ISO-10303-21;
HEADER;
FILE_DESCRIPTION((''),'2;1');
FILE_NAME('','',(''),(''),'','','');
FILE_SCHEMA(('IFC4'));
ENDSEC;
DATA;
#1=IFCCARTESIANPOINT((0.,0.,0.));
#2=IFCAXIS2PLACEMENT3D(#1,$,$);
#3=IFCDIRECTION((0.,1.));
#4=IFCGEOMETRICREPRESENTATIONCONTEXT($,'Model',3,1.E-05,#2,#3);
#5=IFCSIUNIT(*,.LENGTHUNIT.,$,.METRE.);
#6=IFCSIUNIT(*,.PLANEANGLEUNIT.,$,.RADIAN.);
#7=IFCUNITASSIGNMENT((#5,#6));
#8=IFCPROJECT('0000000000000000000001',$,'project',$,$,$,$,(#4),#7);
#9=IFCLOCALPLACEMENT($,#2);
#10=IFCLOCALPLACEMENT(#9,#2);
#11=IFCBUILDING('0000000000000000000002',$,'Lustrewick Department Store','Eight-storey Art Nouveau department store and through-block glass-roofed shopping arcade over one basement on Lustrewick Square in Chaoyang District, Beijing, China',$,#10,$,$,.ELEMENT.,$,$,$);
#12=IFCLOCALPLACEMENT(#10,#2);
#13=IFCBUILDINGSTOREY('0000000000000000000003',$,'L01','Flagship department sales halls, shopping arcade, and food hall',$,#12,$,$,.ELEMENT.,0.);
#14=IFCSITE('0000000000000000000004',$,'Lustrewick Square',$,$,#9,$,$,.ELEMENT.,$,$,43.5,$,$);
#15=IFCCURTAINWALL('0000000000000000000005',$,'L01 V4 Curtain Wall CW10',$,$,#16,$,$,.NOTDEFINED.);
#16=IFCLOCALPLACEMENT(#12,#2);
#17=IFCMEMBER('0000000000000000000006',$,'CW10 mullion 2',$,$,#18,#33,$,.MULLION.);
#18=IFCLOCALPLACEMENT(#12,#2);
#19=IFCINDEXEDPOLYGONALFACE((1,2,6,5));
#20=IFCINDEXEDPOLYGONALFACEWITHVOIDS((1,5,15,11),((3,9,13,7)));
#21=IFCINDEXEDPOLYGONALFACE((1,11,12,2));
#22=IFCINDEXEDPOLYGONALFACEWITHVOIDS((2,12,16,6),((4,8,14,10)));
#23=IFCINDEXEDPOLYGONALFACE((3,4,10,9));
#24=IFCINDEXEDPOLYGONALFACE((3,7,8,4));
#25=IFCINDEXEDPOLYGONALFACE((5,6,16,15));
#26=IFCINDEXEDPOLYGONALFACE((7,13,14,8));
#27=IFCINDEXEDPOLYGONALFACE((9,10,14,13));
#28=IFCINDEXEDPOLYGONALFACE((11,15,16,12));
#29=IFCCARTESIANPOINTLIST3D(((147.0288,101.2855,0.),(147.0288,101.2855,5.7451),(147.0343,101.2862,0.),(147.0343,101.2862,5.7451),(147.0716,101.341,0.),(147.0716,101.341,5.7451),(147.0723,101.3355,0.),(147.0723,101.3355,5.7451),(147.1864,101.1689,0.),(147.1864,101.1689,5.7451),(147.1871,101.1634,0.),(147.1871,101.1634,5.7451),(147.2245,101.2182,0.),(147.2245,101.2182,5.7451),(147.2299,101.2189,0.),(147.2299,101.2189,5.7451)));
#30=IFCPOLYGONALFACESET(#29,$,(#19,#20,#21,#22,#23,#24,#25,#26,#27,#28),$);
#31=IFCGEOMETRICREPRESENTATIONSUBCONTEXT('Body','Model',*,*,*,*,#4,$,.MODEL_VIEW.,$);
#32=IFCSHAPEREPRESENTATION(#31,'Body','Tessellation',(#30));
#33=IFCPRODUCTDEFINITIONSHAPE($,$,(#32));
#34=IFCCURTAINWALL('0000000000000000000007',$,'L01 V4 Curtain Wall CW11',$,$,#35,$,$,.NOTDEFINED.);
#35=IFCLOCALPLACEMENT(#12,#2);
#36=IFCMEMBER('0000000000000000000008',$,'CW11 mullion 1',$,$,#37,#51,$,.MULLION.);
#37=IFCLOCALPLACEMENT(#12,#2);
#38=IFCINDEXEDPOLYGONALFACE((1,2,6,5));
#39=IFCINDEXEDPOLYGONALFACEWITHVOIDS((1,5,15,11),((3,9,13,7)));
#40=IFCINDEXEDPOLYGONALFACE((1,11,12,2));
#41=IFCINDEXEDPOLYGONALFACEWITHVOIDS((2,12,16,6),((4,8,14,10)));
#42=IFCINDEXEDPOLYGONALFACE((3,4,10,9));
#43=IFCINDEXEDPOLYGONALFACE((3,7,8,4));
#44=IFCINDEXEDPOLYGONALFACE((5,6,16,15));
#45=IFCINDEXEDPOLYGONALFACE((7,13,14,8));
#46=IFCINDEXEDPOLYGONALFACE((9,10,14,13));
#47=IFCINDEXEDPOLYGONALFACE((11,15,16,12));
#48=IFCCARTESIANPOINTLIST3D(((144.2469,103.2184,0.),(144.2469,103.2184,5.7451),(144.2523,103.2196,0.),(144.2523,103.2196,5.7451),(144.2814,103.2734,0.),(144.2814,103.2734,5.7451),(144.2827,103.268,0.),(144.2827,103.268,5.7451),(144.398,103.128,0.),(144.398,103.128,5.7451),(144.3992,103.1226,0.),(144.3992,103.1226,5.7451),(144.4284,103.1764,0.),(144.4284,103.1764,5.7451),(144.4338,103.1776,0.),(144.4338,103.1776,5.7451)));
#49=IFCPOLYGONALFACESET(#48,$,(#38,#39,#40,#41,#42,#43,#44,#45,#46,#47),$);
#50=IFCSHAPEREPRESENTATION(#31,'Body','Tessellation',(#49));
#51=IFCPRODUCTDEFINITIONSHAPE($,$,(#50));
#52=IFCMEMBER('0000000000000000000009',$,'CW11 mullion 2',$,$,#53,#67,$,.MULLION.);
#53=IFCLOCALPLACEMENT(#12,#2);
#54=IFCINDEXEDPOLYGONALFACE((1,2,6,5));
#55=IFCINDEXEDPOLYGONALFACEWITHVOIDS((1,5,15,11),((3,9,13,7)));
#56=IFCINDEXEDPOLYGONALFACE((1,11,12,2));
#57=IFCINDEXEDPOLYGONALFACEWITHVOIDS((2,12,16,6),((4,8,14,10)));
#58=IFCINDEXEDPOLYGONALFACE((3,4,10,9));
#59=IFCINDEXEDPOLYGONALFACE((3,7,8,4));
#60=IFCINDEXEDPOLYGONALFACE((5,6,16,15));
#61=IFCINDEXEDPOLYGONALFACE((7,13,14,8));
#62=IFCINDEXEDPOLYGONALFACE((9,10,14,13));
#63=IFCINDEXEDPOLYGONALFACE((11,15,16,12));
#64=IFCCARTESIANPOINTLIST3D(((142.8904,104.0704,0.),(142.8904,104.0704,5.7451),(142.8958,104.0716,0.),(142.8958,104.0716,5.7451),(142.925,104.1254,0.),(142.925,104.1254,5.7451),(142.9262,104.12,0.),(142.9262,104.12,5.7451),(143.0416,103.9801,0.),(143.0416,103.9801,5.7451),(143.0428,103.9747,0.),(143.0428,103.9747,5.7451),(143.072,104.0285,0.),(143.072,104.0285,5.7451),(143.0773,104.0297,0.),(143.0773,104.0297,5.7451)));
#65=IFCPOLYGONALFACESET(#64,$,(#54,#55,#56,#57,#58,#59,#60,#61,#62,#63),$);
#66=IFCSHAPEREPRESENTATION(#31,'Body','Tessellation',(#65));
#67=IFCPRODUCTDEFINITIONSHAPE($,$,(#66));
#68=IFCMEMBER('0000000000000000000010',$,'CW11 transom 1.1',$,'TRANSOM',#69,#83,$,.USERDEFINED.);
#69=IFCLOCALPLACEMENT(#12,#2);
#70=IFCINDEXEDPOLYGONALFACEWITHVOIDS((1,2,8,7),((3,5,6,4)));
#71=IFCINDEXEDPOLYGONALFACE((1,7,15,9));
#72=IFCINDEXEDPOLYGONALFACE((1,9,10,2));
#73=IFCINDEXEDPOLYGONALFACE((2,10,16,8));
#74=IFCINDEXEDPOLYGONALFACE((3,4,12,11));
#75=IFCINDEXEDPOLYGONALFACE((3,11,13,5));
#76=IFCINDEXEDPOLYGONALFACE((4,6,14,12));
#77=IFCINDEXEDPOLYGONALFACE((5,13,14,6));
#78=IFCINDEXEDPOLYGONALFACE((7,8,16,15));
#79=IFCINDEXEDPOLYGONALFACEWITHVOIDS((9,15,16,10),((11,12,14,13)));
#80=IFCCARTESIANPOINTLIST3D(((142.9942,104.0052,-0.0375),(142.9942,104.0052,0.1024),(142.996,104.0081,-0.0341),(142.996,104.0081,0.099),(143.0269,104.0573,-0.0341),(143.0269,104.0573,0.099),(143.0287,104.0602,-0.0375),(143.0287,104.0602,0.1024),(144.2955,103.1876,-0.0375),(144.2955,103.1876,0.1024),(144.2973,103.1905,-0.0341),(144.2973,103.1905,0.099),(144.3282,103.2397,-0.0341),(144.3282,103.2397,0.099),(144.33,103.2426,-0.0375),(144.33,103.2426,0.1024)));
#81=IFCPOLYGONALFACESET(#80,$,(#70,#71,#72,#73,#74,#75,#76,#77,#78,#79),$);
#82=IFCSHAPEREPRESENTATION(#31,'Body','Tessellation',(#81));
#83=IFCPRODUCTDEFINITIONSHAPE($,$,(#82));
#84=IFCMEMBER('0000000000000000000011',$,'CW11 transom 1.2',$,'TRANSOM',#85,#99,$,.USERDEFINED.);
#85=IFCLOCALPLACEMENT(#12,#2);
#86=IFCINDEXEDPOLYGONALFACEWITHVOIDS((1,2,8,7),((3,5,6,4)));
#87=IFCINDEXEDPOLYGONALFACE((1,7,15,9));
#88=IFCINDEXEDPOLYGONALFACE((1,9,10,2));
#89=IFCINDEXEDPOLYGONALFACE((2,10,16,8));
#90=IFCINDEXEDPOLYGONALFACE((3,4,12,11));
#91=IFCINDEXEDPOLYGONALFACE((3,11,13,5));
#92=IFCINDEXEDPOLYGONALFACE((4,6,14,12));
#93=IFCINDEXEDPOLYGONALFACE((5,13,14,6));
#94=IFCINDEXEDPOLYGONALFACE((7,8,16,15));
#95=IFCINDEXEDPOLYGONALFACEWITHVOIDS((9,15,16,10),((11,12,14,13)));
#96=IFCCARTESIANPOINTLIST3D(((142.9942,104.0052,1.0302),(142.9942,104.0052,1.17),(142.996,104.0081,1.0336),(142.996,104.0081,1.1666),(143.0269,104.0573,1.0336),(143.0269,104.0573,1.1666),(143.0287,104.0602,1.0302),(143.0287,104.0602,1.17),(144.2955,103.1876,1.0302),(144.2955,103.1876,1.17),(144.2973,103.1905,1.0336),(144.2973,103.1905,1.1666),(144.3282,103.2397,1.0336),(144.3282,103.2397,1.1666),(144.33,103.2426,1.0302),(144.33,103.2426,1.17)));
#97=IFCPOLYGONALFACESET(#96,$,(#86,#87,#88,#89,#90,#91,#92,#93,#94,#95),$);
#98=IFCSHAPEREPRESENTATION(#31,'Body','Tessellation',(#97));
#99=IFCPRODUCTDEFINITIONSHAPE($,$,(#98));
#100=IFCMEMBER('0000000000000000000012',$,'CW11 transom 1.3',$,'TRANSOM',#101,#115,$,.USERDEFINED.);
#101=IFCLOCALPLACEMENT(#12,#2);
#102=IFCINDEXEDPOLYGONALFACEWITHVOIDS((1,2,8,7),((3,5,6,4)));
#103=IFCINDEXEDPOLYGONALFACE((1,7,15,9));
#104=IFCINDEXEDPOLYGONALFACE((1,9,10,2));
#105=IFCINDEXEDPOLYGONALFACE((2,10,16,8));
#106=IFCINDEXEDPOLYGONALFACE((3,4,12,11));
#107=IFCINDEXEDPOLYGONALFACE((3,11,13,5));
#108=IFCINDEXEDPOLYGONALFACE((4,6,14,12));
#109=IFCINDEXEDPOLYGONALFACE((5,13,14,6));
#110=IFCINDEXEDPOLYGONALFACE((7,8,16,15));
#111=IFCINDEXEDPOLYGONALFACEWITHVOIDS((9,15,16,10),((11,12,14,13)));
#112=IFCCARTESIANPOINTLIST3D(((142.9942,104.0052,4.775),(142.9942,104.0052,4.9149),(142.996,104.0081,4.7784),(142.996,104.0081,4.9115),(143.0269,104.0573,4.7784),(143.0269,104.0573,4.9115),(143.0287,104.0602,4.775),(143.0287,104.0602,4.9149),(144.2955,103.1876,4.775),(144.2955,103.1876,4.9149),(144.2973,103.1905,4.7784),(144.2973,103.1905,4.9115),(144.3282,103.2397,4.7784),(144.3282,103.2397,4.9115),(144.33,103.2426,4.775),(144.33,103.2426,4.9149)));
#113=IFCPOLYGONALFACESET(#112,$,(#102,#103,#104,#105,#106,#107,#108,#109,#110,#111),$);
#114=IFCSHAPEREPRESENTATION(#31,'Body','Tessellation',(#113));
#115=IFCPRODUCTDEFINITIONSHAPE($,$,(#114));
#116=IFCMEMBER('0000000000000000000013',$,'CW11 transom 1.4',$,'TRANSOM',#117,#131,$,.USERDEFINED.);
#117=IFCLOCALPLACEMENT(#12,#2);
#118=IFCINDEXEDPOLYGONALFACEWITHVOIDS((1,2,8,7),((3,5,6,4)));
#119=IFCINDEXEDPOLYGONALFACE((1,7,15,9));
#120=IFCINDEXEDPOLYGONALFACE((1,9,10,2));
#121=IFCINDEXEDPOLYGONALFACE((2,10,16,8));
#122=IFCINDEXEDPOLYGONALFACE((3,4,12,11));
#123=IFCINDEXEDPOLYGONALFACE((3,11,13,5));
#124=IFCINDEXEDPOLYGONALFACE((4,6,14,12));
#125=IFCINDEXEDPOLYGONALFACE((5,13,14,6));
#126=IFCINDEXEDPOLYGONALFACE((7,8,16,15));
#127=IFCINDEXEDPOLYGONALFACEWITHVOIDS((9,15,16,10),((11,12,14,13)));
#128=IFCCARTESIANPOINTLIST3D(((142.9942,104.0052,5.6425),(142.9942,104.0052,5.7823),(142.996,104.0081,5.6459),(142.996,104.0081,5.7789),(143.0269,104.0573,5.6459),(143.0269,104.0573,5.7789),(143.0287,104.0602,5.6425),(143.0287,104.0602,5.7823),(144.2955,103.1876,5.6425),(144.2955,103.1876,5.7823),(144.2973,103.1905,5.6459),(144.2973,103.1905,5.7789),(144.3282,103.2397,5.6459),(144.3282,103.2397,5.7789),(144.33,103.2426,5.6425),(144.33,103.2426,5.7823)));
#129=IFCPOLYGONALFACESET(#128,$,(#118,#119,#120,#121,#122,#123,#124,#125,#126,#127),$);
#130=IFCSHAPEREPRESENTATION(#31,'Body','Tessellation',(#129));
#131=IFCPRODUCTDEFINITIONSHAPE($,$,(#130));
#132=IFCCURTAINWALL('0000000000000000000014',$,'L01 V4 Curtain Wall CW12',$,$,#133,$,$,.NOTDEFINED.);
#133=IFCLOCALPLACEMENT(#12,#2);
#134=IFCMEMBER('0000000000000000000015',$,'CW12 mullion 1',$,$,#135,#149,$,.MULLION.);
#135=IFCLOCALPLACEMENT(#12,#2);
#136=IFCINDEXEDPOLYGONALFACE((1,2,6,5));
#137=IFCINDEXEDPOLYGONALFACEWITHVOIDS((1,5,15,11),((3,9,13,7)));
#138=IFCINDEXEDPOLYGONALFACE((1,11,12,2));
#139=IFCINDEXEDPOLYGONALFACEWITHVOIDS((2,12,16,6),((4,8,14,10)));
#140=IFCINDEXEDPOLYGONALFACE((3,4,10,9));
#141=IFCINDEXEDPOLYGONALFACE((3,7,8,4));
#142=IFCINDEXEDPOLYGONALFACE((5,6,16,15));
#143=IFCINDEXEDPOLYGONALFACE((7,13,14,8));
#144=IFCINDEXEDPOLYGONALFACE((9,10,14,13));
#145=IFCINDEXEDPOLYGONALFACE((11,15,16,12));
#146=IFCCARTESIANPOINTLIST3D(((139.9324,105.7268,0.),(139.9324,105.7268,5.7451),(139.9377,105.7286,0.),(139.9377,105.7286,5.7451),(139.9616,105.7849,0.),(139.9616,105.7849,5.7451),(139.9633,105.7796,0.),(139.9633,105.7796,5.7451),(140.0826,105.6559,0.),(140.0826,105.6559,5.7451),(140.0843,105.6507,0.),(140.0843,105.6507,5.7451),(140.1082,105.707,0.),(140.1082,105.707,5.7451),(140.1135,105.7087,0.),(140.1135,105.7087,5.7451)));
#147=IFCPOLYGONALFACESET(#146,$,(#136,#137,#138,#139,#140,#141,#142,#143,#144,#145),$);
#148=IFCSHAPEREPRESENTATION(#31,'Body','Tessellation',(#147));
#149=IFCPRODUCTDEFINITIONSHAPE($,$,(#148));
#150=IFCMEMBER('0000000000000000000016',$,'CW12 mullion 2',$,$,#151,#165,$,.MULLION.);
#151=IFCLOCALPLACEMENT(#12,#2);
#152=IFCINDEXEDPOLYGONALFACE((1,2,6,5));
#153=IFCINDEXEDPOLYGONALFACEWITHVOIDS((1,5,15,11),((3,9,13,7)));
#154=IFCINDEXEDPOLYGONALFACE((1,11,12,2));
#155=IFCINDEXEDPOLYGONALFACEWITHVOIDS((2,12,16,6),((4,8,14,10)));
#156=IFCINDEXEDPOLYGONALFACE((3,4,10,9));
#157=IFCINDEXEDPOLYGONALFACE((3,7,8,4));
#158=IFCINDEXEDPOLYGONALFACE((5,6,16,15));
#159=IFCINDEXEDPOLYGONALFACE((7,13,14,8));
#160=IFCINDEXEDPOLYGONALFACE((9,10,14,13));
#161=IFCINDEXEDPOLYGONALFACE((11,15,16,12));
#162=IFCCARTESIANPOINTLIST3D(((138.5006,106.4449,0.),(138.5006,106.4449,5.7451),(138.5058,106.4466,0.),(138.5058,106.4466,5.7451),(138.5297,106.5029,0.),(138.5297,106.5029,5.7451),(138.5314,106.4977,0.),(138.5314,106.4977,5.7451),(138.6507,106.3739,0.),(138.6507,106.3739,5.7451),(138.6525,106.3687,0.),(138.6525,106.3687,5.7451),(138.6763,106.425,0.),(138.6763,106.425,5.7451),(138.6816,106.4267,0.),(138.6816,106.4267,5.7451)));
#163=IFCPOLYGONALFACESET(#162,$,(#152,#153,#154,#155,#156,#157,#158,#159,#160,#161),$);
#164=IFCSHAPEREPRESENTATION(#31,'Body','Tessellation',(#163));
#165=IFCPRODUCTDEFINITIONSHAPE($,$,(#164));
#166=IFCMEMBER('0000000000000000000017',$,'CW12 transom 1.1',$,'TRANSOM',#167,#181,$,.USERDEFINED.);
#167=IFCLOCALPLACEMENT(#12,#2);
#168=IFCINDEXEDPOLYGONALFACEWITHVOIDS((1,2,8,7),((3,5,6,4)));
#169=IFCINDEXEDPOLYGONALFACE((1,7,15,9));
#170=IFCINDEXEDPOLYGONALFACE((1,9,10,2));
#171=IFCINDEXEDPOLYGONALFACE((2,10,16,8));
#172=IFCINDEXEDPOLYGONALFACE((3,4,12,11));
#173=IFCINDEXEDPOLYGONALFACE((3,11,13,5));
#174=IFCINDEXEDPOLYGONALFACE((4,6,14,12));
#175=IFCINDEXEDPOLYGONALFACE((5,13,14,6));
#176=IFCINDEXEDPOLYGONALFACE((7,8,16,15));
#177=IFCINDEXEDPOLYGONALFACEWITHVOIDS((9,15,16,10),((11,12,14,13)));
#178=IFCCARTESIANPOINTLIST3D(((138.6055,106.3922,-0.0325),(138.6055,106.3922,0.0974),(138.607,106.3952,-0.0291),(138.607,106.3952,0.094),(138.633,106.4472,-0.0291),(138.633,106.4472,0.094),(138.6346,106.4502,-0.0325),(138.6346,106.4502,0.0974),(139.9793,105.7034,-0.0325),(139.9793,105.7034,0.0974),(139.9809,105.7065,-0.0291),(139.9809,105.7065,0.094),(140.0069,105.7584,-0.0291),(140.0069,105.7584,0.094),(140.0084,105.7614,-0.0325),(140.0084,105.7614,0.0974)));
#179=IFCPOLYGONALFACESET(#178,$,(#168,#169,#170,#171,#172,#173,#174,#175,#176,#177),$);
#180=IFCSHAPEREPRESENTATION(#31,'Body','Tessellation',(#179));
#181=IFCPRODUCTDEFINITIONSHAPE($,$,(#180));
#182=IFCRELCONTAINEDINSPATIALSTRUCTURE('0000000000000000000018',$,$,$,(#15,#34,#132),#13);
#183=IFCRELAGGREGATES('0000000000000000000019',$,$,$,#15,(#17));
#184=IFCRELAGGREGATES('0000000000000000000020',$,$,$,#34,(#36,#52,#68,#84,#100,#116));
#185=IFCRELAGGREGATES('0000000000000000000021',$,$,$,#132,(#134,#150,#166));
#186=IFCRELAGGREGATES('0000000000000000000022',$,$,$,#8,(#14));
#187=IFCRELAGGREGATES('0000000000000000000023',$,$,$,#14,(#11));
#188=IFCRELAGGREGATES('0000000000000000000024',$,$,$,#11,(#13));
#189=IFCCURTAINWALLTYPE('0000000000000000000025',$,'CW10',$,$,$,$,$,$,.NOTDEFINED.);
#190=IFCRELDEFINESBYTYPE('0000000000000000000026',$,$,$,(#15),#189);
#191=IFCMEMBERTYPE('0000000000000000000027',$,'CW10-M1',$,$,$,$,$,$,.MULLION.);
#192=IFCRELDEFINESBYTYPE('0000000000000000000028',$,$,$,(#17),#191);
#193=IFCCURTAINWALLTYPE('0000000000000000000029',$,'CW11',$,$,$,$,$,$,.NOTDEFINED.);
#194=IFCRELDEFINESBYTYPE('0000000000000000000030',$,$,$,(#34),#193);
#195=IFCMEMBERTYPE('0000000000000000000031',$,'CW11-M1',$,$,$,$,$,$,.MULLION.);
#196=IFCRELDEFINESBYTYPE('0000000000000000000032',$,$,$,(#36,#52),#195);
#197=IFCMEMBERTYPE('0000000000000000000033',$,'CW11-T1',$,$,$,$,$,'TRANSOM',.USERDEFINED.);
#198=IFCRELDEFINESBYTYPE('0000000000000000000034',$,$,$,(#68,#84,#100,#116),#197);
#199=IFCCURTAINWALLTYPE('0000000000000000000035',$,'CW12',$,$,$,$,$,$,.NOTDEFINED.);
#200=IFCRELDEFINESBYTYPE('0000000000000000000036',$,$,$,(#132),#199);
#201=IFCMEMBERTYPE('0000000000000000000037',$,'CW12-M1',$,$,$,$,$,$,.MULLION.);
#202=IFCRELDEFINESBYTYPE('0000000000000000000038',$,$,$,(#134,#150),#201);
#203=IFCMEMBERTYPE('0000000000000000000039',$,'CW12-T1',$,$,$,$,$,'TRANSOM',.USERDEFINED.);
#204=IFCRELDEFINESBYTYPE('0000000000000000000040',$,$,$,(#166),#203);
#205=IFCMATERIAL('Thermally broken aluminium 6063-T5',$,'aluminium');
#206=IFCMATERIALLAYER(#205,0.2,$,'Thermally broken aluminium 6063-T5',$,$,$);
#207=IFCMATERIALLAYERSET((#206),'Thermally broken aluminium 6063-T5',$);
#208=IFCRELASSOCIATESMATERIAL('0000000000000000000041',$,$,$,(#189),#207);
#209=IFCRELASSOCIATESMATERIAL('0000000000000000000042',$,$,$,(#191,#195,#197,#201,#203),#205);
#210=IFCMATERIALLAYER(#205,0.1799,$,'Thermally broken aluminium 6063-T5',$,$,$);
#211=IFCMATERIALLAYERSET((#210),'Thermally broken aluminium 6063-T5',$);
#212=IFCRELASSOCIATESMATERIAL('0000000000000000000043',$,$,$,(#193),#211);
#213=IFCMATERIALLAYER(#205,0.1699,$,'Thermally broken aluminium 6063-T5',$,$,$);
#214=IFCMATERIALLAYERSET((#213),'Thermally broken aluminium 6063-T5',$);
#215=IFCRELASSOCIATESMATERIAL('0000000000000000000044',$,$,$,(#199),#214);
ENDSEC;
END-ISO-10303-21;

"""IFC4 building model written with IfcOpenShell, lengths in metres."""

from ifc_helpers import new_model, si_unit, direction, frame, origin, origin_2d, place, context, subcontext, project, spatial, hollow_rectangle, extrude, material, layer, layer_set, material_profile, profile_set, type_object, element, aggregate, save


model = new_model("IFC4")

# Units and contexts
model_context = context("Model", 3, precision=1e-05, world=origin(), true_north=direction((0.0, 1.0)))
body_context = subcontext(model_context, "Body", "Model", "MODEL_VIEW")
ifc_project = project(units=[si_unit("LENGTHUNIT", "METRE"), si_unit("PLANEANGLEUNIT", "RADIAN")], contexts=[model_context])

# Site, building, storey
site_placement = place(None, origin())
site = spatial("IfcSite", under=ifc_project, at=site_placement, Name="Lustrewick Square", CompositionType="ELEMENT", RefElevation=43.5)
building_placement = place(site_placement, origin())
building = spatial("IfcBuilding", under=site, at=building_placement, Name="Lustrewick Department Store", Description="Eight-storey Art Nouveau department store and through-block glass-roofed shopping arcade over one basement on Lustrewick Square in Chaoyang District, Beijing, China", CompositionType="ELEMENT")
storey_placement = place(building_placement, origin())
storey = spatial("IfcBuildingStorey", under=building, at=storey_placement, Name="L01", Description="Flagship department sales halls, shopping arcade, and food hall", CompositionType="ELEMENT", Elevation=0.0)

# Curtain wall, member
ifc_material_1 = material(Name="Thermally broken aluminium 6063-T5", Category="aluminium")
ifc_layer_1 = layer(ifc_material_1, 0.2, Name="Thermally broken aluminium 6063-T5")
ifc_layer_set_1 = layer_set([ifc_layer_1], Name="Thermally broken aluminium 6063-T5")
curtain_wall_type_1 = type_object("IfcCurtainWallType", Name="CW10", PredefinedType="NOTDEFINED", material=ifc_layer_set_1)
curtain_wall_1_placement = place(storey_placement, origin())
curtain_wall_1 = element("IfcCurtainWall", 1, at=curtain_wall_1_placement, inside=storey, type_object=curtain_wall_type_1, Name="L01 V4 Curtain Wall CW10", PredefinedType="NOTDEFINED")
ifc_material_profile_1 = material_profile(ifc_material_1, hollow_rectangle(XDim=0.0701, YDim=0.2, WallThickness=0.0039, at=origin_2d()), Name="ALU-M 70x200x4")
ifc_profile_set_1 = profile_set([ifc_material_profile_1], Name="Thermally broken aluminium 6063-T5")
member_type_1 = type_object("IfcMemberType", Name="CW10-M1", PredefinedType="MULLION", material=ifc_profile_set_1)
member_1_placement = place(storey_placement, frame((147.1294, 101.2522, 0.0), z_axis=(0.0, 0.0, 1.0), x_axis=(-0.610867, -0.791733, 0.0)))
member_1 = element("IfcMember", 2, at=member_1_placement, type_object=member_type_1, Name="CW10 mullion 2", PredefinedType="MULLION", context=body_context, shape_type="SweptSolid", body=[
    extrude(hollow_rectangle(XDim=0.0701, YDim=0.2, WallThickness=0.0039, at=origin_2d()), origin(), (0.0, 0.0, 1.0), 5.7451),
])
aggregate(curtain_wall_1, [member_1])

# Curtain walls, members
ifc_layer_2 = layer(ifc_material_1, 0.1799, Name="Thermally broken aluminium 6063-T5")
ifc_layer_set_2 = layer_set([ifc_layer_2], Name="Thermally broken aluminium 6063-T5")
curtain_wall_type_2 = type_object("IfcCurtainWallType", Name="CW11", PredefinedType="NOTDEFINED", material=ifc_layer_set_2)
curtain_wall_2_placement = place(storey_placement, origin())
curtain_wall_2 = element("IfcCurtainWall", 3, at=curtain_wall_2_placement, inside=storey, type_object=curtain_wall_type_2, Name="L01 V4 Curtain Wall CW11", PredefinedType="NOTDEFINED")
ifc_material_profile_2 = material_profile(ifc_material_1, hollow_rectangle(XDim=0.0649, YDim=0.1799, WallThickness=0.0039, at=origin_2d()), Name="ALU-M 65x180x4")
ifc_profile_set_2 = profile_set([ifc_material_profile_2], Name="Thermally broken aluminium 6063-T5")
member_type_2 = type_object("IfcMemberType", Name="CW11-M1", PredefinedType="MULLION", material=ifc_profile_set_2)
member_2_placement = place(storey_placement, frame((144.3403, 103.198, 0.0), z_axis=(0.0, 0.0, 1.0), x_axis=(-0.532014, -0.846735, 0.0)))
member_2 = element("IfcMember", 4, at=member_2_placement, type_object=member_type_2, Name="CW11 mullion 1", PredefinedType="MULLION", context=body_context, shape_type="SweptSolid", body=[
    extrude(hollow_rectangle(XDim=0.0649, YDim=0.1799, WallThickness=0.0039, at=origin_2d()), origin(), (0.0, 0.0, 1.0), 5.7451),
])
member_3_placement = place(storey_placement, frame((142.9839, 104.05, 0.0), z_axis=(0.0, 0.0, 1.0), x_axis=(-0.532014, -0.846735, 0.0)))
member_3 = element("IfcMember", 5, at=member_3_placement, type_object=member_type_2, Name="CW11 mullion 2", PredefinedType="MULLION", context=body_context, shape_type="SweptSolid", body=[
    extrude(hollow_rectangle(XDim=0.0649, YDim=0.1799, WallThickness=0.0039, at=origin_2d()), origin(), (0.0, 0.0, 1.0), 5.7451),
])
ifc_material_profile_3 = material_profile(ifc_material_1, hollow_rectangle(XDim=0.0649, YDim=0.1399, WallThickness=0.0034, at=origin_2d()), Name="ALU-T 65x140x3.5")
ifc_profile_set_3 = profile_set([ifc_material_profile_3], Name="Thermally broken aluminium 6063-T5")
member_type_3 = type_object("IfcMemberType", Name="CW11-T1", ElementType="TRANSOM", PredefinedType="USERDEFINED", material=ifc_profile_set_3)
member_4_placement = place(storey_placement, frame((144.3127, 103.2151, 0.0325), z_axis=(-0.846729, 0.532025, 0.0), x_axis=(-0.532025, -0.846729, 0.0)))
member_4 = element("IfcMember", 6, at=member_4_placement, type_object=member_type_3, Name="CW11 transom 1.1", ObjectType="TRANSOM", PredefinedType="USERDEFINED", context=body_context, shape_type="SweptSolid", body=[
    extrude(hollow_rectangle(XDim=0.0649, YDim=0.1399, WallThickness=0.0034, at=origin_2d()), origin(), (0.0, 0.0, 1.0), 1.5369),
])
member_5_placement = place(storey_placement, frame((144.3127, 103.2151, 1.1001), z_axis=(-0.846729, 0.532025, 0.0), x_axis=(-0.532025, -0.846729, 0.0)))
member_5 = element("IfcMember", 7, at=member_5_placement, type_object=member_type_3, Name="CW11 transom 1.2", ObjectType="TRANSOM", PredefinedType="USERDEFINED", context=body_context, shape_type="SweptSolid", body=[
    extrude(hollow_rectangle(XDim=0.0649, YDim=0.1399, WallThickness=0.0034, at=origin_2d()), origin(), (0.0, 0.0, 1.0), 1.5369),
])
member_6_placement = place(storey_placement, frame((144.3127, 103.2151, 4.845), z_axis=(-0.846729, 0.532025, 0.0), x_axis=(-0.532025, -0.846729, 0.0)))
member_6 = element("IfcMember", 8, at=member_6_placement, type_object=member_type_3, Name="CW11 transom 1.3", ObjectType="TRANSOM", PredefinedType="USERDEFINED", context=body_context, shape_type="SweptSolid", body=[
    extrude(hollow_rectangle(XDim=0.0649, YDim=0.1399, WallThickness=0.0034, at=origin_2d()), origin(), (0.0, 0.0, 1.0), 1.5369),
])
member_7_placement = place(storey_placement, frame((144.3127, 103.2151, 5.7124), z_axis=(-0.846729, 0.532025, 0.0), x_axis=(-0.532025, -0.846729, 0.0)))
member_7 = element("IfcMember", 9, at=member_7_placement, type_object=member_type_3, Name="CW11 transom 1.4", ObjectType="TRANSOM", PredefinedType="USERDEFINED", context=body_context, shape_type="SweptSolid", body=[
    extrude(hollow_rectangle(XDim=0.0649, YDim=0.1399, WallThickness=0.0034, at=origin_2d()), origin(), (0.0, 0.0, 1.0), 1.5369),
])
ifc_layer_3 = layer(ifc_material_1, 0.1699, Name="Thermally broken aluminium 6063-T5")
ifc_layer_set_3 = layer_set([ifc_layer_3], Name="Thermally broken aluminium 6063-T5")
curtain_wall_type_3 = type_object("IfcCurtainWallType", Name="CW12", PredefinedType="NOTDEFINED", material=ifc_layer_set_3)
curtain_wall_3_placement = place(storey_placement, origin())
curtain_wall_3 = element("IfcCurtainWall", 10, at=curtain_wall_3_placement, inside=storey, type_object=curtain_wall_type_3, Name="L01 V4 Curtain Wall CW12", PredefinedType="NOTDEFINED")
ifc_material_profile_4 = material_profile(ifc_material_1, hollow_rectangle(XDim=0.0649, YDim=0.1699, WallThickness=0.0039, at=origin_2d()), Name="ALU-M 65x170x4")
ifc_profile_set_4 = profile_set([ifc_material_profile_4], Name="Thermally broken aluminium 6063-T5")
member_type_4 = type_object("IfcMemberType", Name="CW12-M1", PredefinedType="MULLION", material=ifc_profile_set_4)
member_8_placement = place(storey_placement, frame((140.0229, 105.7178, 0.0), z_axis=(0.0, 0.0, 1.0), x_axis=(-0.448269, -0.893899, 0.0)))
member_8 = element("IfcMember", 11, at=member_8_placement, type_object=member_type_4, Name="CW12 mullion 1", PredefinedType="MULLION", context=body_context, shape_type="SweptSolid", body=[
    extrude(hollow_rectangle(XDim=0.0649, YDim=0.1699, WallThickness=0.0039, at=origin_2d()), origin(), (0.0, 0.0, 1.0), 5.7451),
])
member_9_placement = place(storey_placement, frame((138.5911, 106.4358, 0.0), z_axis=(0.0, 0.0, 1.0), x_axis=(-0.448269, -0.893899, 0.0)))
member_9 = element("IfcMember", 12, at=member_9_placement, type_object=member_type_4, Name="CW12 mullion 2", PredefinedType="MULLION", context=body_context, shape_type="SweptSolid", body=[
    extrude(hollow_rectangle(XDim=0.0649, YDim=0.1699, WallThickness=0.0039, at=origin_2d()), origin(), (0.0, 0.0, 1.0), 5.7451),
])
ifc_material_profile_5 = material_profile(ifc_material_1, hollow_rectangle(XDim=0.0649, YDim=0.1299, WallThickness=0.0034, at=origin_2d()), Name="ALU-T 65x130x3.5")
ifc_profile_set_5 = profile_set([ifc_material_profile_5], Name="Thermally broken aluminium 6063-T5")
member_type_5 = type_object("IfcMemberType", Name="CW12-T1", ElementType="TRANSOM", PredefinedType="USERDEFINED", material=ifc_profile_set_5)
member_10_placement = place(storey_placement, frame((139.9939, 105.7324, 0.0325), z_axis=(-0.89395, 0.448167, 0.0), x_axis=(-0.448167, -0.89395, 0.0)))
member_10 = element("IfcMember", 13, at=member_10_placement, type_object=member_type_5, Name="CW12 transom 1.1", ObjectType="TRANSOM", PredefinedType="USERDEFINED", context=body_context, shape_type="SweptSolid", body=[
    extrude(hollow_rectangle(XDim=0.0649, YDim=0.1299, WallThickness=0.0034, at=origin_2d()), origin(), (0.0, 0.0, 1.0), 1.5369),
])

aggregate(curtain_wall_2, [member_2, member_3, member_4, member_5, member_6, member_7])
aggregate(curtain_wall_3, [member_8, member_9, member_10])

save(model, "model.ifc")
